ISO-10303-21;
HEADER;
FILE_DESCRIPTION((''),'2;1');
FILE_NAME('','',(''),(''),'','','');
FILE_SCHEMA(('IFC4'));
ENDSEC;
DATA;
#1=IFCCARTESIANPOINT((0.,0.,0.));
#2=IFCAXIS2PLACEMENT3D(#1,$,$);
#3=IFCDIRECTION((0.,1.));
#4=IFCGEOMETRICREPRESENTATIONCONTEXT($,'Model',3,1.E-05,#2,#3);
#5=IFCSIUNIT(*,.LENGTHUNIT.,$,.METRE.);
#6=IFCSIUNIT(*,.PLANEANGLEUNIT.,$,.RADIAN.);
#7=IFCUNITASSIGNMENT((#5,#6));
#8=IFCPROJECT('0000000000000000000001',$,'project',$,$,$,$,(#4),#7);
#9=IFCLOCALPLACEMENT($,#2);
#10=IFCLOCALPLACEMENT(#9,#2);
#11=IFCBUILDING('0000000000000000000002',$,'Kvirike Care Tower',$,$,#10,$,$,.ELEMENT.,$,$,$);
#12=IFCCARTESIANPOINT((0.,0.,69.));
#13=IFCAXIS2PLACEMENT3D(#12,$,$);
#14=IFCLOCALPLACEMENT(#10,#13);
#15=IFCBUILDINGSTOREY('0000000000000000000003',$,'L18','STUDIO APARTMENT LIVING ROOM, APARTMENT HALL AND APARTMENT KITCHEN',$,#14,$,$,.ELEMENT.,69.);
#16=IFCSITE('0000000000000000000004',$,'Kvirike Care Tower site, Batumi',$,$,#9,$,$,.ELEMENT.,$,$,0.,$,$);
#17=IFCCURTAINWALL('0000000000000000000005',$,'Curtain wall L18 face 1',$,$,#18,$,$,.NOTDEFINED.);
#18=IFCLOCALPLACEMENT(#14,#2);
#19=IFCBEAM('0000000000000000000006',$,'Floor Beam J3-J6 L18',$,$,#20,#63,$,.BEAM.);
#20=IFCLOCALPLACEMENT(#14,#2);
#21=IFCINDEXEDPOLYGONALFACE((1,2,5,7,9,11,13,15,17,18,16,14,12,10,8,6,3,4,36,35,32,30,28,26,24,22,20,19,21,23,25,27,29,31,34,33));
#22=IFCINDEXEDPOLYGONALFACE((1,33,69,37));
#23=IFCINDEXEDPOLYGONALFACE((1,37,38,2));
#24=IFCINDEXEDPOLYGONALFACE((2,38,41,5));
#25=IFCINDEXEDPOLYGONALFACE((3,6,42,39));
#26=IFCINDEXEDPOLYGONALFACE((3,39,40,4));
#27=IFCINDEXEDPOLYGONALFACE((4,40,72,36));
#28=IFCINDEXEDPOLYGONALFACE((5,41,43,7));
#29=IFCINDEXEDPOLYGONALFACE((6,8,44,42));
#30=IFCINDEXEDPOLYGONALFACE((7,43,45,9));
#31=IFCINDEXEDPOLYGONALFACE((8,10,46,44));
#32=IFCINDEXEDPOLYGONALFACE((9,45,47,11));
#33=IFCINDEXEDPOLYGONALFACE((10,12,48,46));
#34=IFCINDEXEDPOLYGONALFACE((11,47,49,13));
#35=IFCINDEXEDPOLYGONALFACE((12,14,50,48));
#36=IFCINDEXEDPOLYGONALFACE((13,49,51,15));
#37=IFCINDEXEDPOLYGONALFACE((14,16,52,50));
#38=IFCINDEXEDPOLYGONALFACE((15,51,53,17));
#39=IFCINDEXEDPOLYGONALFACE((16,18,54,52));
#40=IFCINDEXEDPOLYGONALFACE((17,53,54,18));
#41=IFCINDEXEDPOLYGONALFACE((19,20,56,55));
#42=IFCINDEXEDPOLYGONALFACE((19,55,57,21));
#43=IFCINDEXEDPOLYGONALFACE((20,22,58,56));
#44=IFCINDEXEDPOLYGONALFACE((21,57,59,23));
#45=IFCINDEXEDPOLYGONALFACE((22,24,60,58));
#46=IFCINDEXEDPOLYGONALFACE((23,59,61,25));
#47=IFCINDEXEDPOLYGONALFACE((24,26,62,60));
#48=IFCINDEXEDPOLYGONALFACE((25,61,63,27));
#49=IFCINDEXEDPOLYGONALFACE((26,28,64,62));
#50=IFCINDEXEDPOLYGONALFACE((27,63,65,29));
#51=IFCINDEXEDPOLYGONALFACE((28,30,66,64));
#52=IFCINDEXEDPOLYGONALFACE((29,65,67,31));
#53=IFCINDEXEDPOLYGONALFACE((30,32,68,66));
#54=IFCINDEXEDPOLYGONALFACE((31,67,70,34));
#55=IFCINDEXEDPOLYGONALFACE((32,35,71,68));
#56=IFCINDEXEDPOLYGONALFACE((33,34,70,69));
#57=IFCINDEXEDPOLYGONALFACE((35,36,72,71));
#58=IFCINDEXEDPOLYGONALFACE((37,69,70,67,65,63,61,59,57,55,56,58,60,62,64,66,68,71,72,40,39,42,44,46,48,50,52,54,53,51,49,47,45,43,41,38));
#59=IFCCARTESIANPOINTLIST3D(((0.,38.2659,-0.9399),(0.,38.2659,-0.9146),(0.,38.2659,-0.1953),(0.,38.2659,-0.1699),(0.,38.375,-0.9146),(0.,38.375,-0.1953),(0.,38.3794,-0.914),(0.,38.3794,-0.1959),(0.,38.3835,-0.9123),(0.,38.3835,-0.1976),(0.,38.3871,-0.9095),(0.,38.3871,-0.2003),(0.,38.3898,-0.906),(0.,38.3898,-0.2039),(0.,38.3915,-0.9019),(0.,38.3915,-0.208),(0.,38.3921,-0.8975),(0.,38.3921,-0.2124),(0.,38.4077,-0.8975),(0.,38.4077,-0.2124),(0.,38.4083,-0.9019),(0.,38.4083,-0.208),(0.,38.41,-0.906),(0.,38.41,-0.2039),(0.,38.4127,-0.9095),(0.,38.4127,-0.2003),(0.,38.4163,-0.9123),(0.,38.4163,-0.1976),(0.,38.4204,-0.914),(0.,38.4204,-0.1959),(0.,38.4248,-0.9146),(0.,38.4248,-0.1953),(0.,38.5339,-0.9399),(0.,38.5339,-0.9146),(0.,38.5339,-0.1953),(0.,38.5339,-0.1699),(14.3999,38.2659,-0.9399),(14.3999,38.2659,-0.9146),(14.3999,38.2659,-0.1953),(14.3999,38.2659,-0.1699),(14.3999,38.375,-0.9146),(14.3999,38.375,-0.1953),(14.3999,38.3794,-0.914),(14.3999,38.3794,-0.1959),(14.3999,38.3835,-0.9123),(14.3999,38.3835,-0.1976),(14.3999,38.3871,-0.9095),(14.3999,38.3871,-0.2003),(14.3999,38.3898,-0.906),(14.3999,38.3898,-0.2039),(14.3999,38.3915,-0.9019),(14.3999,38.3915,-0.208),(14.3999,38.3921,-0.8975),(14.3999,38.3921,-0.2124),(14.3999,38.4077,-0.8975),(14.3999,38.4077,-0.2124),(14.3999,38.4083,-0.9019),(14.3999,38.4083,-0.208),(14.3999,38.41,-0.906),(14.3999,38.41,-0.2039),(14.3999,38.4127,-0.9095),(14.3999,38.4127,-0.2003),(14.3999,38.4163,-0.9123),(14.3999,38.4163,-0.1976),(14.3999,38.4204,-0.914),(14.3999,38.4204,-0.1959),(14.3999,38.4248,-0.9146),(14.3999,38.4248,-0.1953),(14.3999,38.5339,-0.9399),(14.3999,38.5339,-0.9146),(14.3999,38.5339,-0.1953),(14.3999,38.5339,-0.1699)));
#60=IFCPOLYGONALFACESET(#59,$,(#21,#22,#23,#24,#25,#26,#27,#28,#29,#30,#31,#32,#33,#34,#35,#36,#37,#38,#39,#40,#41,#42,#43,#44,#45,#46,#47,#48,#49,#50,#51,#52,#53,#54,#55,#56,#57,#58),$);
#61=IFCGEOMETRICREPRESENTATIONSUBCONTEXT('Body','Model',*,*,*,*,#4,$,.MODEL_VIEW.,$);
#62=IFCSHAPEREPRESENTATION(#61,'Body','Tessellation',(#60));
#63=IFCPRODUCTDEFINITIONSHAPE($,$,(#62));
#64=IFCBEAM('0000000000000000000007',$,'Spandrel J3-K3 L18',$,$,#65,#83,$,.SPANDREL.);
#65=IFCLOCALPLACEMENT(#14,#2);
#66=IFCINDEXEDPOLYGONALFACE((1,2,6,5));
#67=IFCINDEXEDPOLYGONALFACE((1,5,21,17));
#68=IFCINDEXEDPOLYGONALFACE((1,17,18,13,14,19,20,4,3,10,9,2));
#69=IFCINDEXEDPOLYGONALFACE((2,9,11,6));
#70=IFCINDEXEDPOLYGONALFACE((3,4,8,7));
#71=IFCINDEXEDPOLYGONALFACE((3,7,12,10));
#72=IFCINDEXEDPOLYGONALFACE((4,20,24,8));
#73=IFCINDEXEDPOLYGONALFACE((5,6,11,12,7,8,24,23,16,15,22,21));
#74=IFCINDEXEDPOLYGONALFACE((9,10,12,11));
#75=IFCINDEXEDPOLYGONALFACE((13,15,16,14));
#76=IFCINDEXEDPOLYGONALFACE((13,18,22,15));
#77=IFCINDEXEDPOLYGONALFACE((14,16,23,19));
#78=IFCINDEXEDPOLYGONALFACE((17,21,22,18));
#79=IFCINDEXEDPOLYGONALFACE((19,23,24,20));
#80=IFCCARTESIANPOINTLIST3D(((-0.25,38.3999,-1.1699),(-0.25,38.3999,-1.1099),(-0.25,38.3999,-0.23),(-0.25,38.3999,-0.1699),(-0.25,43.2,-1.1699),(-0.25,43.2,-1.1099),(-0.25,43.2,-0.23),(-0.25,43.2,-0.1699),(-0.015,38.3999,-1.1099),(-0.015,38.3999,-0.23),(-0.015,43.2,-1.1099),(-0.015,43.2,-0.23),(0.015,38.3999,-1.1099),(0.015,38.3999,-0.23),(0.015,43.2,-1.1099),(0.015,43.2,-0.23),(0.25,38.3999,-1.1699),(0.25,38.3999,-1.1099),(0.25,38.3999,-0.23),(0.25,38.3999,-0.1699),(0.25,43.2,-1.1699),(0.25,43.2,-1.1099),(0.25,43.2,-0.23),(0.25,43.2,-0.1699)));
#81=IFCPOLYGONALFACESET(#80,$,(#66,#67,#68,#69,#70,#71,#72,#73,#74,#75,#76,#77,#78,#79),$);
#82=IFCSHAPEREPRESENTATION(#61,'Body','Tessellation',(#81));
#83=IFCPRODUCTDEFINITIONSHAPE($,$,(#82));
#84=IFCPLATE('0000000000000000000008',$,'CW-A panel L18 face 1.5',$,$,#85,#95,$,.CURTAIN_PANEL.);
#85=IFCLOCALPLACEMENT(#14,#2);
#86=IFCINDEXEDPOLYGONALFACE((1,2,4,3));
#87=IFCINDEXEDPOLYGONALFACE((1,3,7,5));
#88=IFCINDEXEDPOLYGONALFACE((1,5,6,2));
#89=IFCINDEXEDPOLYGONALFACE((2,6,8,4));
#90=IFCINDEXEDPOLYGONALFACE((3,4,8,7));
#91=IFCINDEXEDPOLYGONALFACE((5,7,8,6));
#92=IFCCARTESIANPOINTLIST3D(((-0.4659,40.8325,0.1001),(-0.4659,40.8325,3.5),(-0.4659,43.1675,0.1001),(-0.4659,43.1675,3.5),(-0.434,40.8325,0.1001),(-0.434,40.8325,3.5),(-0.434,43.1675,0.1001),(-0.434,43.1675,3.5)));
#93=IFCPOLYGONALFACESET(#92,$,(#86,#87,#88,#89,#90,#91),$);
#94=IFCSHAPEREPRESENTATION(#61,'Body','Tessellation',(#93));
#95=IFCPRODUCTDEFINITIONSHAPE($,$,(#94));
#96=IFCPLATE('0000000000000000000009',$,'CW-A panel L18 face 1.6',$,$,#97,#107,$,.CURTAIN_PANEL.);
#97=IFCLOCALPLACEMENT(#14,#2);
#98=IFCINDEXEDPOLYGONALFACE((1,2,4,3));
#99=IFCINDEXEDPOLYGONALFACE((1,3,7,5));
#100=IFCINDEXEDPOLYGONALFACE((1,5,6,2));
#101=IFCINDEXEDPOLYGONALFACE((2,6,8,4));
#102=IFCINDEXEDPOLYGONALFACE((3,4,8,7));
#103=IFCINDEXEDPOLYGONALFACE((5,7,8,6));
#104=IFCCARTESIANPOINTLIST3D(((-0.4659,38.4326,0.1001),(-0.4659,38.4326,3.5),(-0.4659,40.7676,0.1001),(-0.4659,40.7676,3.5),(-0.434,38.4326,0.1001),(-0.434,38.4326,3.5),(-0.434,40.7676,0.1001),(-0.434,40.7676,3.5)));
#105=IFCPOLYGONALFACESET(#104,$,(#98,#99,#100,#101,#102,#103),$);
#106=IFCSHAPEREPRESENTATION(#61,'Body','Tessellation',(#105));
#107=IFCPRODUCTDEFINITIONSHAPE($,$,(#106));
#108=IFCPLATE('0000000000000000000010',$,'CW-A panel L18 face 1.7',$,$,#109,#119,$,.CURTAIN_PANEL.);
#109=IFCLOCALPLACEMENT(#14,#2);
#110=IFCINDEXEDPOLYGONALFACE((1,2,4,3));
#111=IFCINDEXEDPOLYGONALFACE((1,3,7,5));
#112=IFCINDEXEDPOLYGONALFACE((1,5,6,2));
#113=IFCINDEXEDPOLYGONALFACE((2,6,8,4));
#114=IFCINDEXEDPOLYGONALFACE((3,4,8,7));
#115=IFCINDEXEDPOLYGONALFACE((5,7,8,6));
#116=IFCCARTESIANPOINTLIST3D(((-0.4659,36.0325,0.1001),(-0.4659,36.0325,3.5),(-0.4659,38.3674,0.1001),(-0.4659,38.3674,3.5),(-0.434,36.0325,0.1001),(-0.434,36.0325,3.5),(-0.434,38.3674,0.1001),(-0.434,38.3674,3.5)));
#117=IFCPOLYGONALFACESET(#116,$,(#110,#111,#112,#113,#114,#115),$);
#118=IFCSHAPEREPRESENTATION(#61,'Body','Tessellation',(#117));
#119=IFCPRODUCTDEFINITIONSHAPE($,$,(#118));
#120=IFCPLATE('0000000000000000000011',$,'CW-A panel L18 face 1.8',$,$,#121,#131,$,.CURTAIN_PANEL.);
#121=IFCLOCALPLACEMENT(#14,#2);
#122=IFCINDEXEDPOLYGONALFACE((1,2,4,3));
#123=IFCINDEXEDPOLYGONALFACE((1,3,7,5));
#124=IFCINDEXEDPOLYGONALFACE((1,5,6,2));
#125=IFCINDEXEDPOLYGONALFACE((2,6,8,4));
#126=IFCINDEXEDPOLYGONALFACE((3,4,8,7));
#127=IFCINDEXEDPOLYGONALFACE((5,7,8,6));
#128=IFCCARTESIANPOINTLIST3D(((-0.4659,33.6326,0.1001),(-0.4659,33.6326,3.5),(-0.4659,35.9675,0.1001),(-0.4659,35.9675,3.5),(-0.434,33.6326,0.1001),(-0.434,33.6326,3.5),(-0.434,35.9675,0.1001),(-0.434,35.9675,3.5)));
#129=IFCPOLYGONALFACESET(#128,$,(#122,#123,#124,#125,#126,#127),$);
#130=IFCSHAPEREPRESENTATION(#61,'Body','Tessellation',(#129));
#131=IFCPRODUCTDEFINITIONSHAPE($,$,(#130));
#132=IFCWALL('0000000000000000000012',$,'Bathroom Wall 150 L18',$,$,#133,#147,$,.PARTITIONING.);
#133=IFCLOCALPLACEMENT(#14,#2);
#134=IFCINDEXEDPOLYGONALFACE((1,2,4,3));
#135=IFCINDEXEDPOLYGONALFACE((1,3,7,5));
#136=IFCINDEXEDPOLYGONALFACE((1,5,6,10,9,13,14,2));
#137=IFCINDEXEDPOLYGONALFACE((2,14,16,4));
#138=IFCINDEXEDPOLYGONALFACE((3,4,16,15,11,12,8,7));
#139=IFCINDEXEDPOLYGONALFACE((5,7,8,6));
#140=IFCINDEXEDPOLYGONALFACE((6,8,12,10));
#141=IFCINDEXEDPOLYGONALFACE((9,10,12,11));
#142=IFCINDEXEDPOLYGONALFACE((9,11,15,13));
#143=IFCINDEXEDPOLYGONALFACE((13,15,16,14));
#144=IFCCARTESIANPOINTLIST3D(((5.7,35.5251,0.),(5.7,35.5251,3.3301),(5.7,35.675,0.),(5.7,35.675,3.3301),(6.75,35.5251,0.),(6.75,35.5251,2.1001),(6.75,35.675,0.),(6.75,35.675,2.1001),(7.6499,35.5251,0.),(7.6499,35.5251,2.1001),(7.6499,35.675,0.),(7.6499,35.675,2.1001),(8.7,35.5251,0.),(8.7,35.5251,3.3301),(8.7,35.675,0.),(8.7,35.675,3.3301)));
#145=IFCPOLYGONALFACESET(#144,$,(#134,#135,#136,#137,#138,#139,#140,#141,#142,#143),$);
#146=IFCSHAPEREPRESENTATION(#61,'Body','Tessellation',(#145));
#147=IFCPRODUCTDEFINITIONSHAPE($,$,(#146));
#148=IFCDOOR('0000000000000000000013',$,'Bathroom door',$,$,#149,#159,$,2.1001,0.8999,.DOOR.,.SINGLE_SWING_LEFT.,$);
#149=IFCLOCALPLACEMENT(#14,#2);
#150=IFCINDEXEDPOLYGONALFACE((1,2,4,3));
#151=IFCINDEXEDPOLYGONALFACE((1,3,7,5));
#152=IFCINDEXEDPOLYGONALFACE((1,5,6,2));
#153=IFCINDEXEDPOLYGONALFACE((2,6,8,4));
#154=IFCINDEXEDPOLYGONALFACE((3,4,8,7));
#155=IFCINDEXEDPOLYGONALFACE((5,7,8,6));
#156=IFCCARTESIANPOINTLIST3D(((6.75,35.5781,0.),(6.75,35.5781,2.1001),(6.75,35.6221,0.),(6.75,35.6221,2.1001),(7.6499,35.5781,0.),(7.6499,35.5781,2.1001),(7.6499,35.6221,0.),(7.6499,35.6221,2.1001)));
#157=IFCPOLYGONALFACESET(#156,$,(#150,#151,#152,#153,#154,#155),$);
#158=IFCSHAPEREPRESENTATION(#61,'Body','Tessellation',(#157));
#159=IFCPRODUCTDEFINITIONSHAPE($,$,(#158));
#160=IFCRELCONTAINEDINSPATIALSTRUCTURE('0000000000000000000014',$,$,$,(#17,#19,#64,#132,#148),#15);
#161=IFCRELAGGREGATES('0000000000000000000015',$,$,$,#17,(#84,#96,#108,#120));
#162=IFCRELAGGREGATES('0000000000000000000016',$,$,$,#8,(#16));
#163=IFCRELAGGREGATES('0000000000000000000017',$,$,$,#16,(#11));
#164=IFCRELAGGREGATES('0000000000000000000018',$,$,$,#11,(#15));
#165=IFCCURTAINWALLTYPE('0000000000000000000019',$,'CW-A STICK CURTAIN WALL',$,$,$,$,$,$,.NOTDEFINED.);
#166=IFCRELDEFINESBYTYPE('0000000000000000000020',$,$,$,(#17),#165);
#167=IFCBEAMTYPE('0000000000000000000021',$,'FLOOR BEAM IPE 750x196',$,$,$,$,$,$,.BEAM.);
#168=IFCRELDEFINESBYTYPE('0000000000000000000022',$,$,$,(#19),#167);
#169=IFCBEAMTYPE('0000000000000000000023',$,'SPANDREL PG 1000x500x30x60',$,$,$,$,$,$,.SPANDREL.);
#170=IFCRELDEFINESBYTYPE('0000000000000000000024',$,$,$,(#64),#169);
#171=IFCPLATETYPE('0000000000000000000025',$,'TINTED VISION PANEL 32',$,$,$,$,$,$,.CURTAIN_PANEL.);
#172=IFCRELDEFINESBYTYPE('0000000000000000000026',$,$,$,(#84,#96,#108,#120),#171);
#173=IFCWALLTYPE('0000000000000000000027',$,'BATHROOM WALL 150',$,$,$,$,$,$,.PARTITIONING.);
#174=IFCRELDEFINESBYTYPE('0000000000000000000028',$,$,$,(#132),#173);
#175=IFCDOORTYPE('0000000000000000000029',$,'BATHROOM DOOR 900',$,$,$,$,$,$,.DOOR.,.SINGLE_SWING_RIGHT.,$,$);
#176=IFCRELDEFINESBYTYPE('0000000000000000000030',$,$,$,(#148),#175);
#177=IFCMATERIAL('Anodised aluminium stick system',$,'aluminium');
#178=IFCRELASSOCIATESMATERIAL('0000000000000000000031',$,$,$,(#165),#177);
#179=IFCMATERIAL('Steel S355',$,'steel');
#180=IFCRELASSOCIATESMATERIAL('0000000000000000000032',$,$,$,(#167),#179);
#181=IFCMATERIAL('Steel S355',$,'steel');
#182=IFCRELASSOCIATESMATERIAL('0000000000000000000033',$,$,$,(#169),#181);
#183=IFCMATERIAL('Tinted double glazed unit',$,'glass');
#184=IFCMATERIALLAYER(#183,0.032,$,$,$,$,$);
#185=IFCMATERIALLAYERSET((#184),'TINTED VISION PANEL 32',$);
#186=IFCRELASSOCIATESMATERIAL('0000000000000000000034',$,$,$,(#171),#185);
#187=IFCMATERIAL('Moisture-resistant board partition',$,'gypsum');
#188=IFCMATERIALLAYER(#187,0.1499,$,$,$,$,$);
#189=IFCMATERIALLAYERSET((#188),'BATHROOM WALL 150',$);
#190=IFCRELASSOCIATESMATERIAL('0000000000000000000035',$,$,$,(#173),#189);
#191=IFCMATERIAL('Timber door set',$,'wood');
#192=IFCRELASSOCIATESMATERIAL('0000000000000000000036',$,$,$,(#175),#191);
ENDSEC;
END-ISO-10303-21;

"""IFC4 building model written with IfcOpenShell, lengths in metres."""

from ifc_helpers import new_model, si_unit, direction, frame, frame_2d, origin, origin_2d, place, context, subcontext, project, spatial, rectangle, i_section, extrude, material, layer, layer_set, material_profile, profile_set, type_object, element, fill, aggregate, save


model = new_model("IFC4")

# Units and contexts
model_context = context("Model", 3, precision=1e-05, world=origin(), true_north=direction((0.0, 1.0)))
body_context = subcontext(model_context, "Body", "Model", "MODEL_VIEW")
ifc_project = project(units=[si_unit("LENGTHUNIT", "METRE"), si_unit("PLANEANGLEUNIT", "RADIAN")], contexts=[model_context])

# Site, building, storey
site_placement = place(None, origin())
site = spatial("IfcSite", under=ifc_project, at=site_placement, Name="Kvirike Care Tower site, Batumi", CompositionType="ELEMENT", RefElevation=0.0)
building_placement = place(site_placement, origin())
building = spatial("IfcBuilding", under=site, at=building_placement, Name="Kvirike Care Tower", CompositionType="ELEMENT")
storey_placement = place(building_placement, frame((0.0, 0.0, 69.0)))
storey = spatial("IfcBuildingStorey", under=building, at=storey_placement, Name="L18", Description="STUDIO APARTMENT LIVING ROOM, APARTMENT HALL AND APARTMENT KITCHEN", CompositionType="ELEMENT", Elevation=69.0)

# Curtain wall
ifc_material_1 = material(Name="Anodised aluminium stick system", Category="aluminium")
curtain_wall_type = type_object("IfcCurtainWallType", Name="CW-A STICK CURTAIN WALL", PredefinedType="NOTDEFINED", material=ifc_material_1)
curtain_wall_placement = place(storey_placement, origin())
curtain_wall = element("IfcCurtainWall", 1, at=curtain_wall_placement, inside=storey, type_object=curtain_wall_type, Name="Curtain wall L18 face 1", PredefinedType="NOTDEFINED")

# Beams
ifc_material_2 = material(Name="Steel S355", Category="steel")
ifc_material_profile_1 = material_profile(ifc_material_2, i_section(OverallWidth=0.2681, OverallDepth=0.77, WebThickness=0.0156, FlangeThickness=0.0254, FilletRadius=0.0171, at=origin_2d()), Name="IPE 750x196")
ifc_profile_set_1 = profile_set([ifc_material_profile_1], Name="Steel S355")
beam_type_1 = type_object("IfcBeamType", Name="FLOOR BEAM IPE 750x196", PredefinedType="BEAM", material=ifc_profile_set_1)
beam_1_placement = place(storey_placement, frame((0.0, 38.3999, -0.5549), z_axis=(1.0, 0.0, 0.0), x_axis=(0.0, 1.0, 0.0)))
element("IfcBeam", 2, at=beam_1_placement, inside=storey, type_object=beam_type_1, Name="Floor Beam J3-J6 L18", PredefinedType="BEAM", context=body_context, shape_type="SweptSolid", body=[
    extrude(i_section(OverallWidth=0.2681, OverallDepth=0.77, WebThickness=0.0156, FlangeThickness=0.0254, FilletRadius=0.0171, at=origin_2d()), origin(), (0.0, 0.0, 1.0), 14.3999),
])
ifc_material_3 = material(Name="Steel S355", Category="steel")
ifc_material_profile_2 = material_profile(ifc_material_3, i_section(OverallWidth=0.5, OverallDepth=1.0, WebThickness=0.03, FlangeThickness=0.0601, at=origin_2d()), Name="PG 1000x500x30x60")
ifc_profile_set_2 = profile_set([ifc_material_profile_2], Name="Steel S355")
beam_type_2 = type_object("IfcBeamType", Name="SPANDREL PG 1000x500x30x60", PredefinedType="SPANDREL", material=ifc_profile_set_2)
beam_2_placement = place(storey_placement, frame((0.0, 38.3999, -0.6699), z_axis=(0.0, 1.0, 0.0), x_axis=(-1.0, 0.0, 0.0)))
element("IfcBeam", 3, at=beam_2_placement, inside=storey, type_object=beam_type_2, Name="Spandrel J3-K3 L18", PredefinedType="SPANDREL", context=body_context, shape_type="SweptSolid", body=[
    extrude(i_section(OverallWidth=0.5, OverallDepth=1.0, WebThickness=0.03, FlangeThickness=0.0601, at=origin_2d()), origin(), (0.0, 0.0, 1.0), 4.8),
])

# Plates
ifc_material_4 = material(Name="Tinted double glazed unit", Category="glass")
ifc_layer_1 = layer(ifc_material_4, 0.032)
ifc_layer_set_1 = layer_set([ifc_layer_1], Name="TINTED VISION PANEL 32")
plate_type = type_object("IfcPlateType", Name="TINTED VISION PANEL 32", PredefinedType="CURTAIN_PANEL", material=ifc_layer_set_1)
plate_1_placement = place(storey_placement, frame((-0.45, 42.0, 0.1001), z_axis=(0.0, 0.0, 1.0), x_axis=(0.0, -1.0, 0.0)))
plate_1 = element("IfcPlate", 4, at=plate_1_placement, type_object=plate_type, Name="CW-A panel L18 face 1.5", PredefinedType="CURTAIN_PANEL", context=body_context, shape_type="SweptSolid", body=[
    extrude(rectangle(XDim=2.335, YDim=0.032, at=origin_2d()), origin(), (0.0, 0.0, 1.0), 3.3999),
])
plate_2_placement = place(storey_placement, frame((-0.45, 39.6001, 0.1001), z_axis=(0.0, 0.0, 1.0), x_axis=(0.0, -1.0, 0.0)))
plate_2 = element("IfcPlate", 5, at=plate_2_placement, type_object=plate_type, Name="CW-A panel L18 face 1.6", PredefinedType="CURTAIN_PANEL", context=body_context, shape_type="SweptSolid", body=[
    extrude(rectangle(XDim=2.335, YDim=0.032, at=origin_2d()), origin(), (0.0, 0.0, 1.0), 3.3999),
])
plate_3_placement = place(storey_placement, frame((-0.45, 37.2, 0.1001), z_axis=(0.0, 0.0, 1.0), x_axis=(0.0, -1.0, 0.0)))
plate_3 = element("IfcPlate", 6, at=plate_3_placement, type_object=plate_type, Name="CW-A panel L18 face 1.7", PredefinedType="CURTAIN_PANEL", context=body_context, shape_type="SweptSolid", body=[
    extrude(rectangle(XDim=2.335, YDim=0.032, at=origin_2d()), origin(), (0.0, 0.0, 1.0), 3.3999),
])
plate_4_placement = place(storey_placement, frame((-0.45, 34.8, 0.1001), z_axis=(0.0, 0.0, 1.0), x_axis=(0.0, -1.0, 0.0)))
plate_4 = element("IfcPlate", 7, at=plate_4_placement, type_object=plate_type, Name="CW-A panel L18 face 1.8", PredefinedType="CURTAIN_PANEL", context=body_context, shape_type="SweptSolid", body=[
    extrude(rectangle(XDim=2.335, YDim=0.032, at=origin_2d()), origin(), (0.0, 0.0, 1.0), 3.3999),
])
aggregate(curtain_wall, [plate_1, plate_2, plate_3, plate_4])

# Wall, opening, door
ifc_material_5 = material(Name="Moisture-resistant board partition", Category="gypsum")
ifc_layer_2 = layer(ifc_material_5, 0.1499)
ifc_layer_set_2 = layer_set([ifc_layer_2], Name="BATHROOM WALL 150")
wall_type_1 = type_object("IfcWallType", Name="BATHROOM WALL 150", PredefinedType="PARTITIONING", material=ifc_layer_set_2)
wall_1_placement = place(storey_placement, frame((5.7, 35.6001, 0.0), z_axis=(0.0, 0.0, 1.0), x_axis=(1.0, 0.0, 0.0)))
wall_1 = element("IfcWall", 8, at=wall_1_placement, inside=storey, type_object=wall_type_1, Name="Bathroom Wall 150 L18", PredefinedType="PARTITIONING", context=body_context, shape_type="SweptSolid", body=[
    extrude(rectangle(XDim=3.0, YDim=0.1499, at=frame_2d((1.5, 0.0))), origin(), (0.0, 0.0, 1.0), 3.3301),
])
opening_1_placement = place(wall_1_placement, frame((1.05, 0.0, 0.0)))
opening_1 = element("IfcOpeningElement", 9, at=opening_1_placement, cuts=wall_1, PredefinedType="OPENING", context=body_context, shape_type="SweptSolid", body=[
    extrude(rectangle(XDim=0.8999, YDim=2.1001, at=frame_2d((0.45, 1.05))), frame((0.0, 0.0854, 0.0), z_axis=(0.0, -1.0, 0.0), x_axis=(1.0, 0.0, 0.0)), (0.0, 0.0, 1.0), 0.1709),
])
ifc_material_6 = material(Name="Timber door set", Category="wood")
door_type_1 = type_object("IfcDoorType", Name="BATHROOM DOOR 900", OperationType="SINGLE_SWING_RIGHT", PredefinedType="DOOR", material=ifc_material_6)
door_1_placement = place(opening_1_placement, origin())
door_1 = element("IfcDoor", 10, at=door_1_placement, inside=storey, type_object=door_type_1, Name="Bathroom door", OperationType="SINGLE_SWING_LEFT", OverallHeight=2.1001, OverallWidth=0.8999, PredefinedType="DOOR", context=body_context, shape_type="SweptSolid", body=[
    extrude(rectangle(XDim=0.8999, YDim=2.1001, at=frame_2d((0.45, 1.05))), frame((0.0, 0.022, 0.0), z_axis=(0.0, -1.0, 0.0), x_axis=(1.0, 0.0, 0.0)), (0.0, 0.0, 1.0), 0.0439),
])
fill(opening_1, door_1)

save(model, "model.ifc")
